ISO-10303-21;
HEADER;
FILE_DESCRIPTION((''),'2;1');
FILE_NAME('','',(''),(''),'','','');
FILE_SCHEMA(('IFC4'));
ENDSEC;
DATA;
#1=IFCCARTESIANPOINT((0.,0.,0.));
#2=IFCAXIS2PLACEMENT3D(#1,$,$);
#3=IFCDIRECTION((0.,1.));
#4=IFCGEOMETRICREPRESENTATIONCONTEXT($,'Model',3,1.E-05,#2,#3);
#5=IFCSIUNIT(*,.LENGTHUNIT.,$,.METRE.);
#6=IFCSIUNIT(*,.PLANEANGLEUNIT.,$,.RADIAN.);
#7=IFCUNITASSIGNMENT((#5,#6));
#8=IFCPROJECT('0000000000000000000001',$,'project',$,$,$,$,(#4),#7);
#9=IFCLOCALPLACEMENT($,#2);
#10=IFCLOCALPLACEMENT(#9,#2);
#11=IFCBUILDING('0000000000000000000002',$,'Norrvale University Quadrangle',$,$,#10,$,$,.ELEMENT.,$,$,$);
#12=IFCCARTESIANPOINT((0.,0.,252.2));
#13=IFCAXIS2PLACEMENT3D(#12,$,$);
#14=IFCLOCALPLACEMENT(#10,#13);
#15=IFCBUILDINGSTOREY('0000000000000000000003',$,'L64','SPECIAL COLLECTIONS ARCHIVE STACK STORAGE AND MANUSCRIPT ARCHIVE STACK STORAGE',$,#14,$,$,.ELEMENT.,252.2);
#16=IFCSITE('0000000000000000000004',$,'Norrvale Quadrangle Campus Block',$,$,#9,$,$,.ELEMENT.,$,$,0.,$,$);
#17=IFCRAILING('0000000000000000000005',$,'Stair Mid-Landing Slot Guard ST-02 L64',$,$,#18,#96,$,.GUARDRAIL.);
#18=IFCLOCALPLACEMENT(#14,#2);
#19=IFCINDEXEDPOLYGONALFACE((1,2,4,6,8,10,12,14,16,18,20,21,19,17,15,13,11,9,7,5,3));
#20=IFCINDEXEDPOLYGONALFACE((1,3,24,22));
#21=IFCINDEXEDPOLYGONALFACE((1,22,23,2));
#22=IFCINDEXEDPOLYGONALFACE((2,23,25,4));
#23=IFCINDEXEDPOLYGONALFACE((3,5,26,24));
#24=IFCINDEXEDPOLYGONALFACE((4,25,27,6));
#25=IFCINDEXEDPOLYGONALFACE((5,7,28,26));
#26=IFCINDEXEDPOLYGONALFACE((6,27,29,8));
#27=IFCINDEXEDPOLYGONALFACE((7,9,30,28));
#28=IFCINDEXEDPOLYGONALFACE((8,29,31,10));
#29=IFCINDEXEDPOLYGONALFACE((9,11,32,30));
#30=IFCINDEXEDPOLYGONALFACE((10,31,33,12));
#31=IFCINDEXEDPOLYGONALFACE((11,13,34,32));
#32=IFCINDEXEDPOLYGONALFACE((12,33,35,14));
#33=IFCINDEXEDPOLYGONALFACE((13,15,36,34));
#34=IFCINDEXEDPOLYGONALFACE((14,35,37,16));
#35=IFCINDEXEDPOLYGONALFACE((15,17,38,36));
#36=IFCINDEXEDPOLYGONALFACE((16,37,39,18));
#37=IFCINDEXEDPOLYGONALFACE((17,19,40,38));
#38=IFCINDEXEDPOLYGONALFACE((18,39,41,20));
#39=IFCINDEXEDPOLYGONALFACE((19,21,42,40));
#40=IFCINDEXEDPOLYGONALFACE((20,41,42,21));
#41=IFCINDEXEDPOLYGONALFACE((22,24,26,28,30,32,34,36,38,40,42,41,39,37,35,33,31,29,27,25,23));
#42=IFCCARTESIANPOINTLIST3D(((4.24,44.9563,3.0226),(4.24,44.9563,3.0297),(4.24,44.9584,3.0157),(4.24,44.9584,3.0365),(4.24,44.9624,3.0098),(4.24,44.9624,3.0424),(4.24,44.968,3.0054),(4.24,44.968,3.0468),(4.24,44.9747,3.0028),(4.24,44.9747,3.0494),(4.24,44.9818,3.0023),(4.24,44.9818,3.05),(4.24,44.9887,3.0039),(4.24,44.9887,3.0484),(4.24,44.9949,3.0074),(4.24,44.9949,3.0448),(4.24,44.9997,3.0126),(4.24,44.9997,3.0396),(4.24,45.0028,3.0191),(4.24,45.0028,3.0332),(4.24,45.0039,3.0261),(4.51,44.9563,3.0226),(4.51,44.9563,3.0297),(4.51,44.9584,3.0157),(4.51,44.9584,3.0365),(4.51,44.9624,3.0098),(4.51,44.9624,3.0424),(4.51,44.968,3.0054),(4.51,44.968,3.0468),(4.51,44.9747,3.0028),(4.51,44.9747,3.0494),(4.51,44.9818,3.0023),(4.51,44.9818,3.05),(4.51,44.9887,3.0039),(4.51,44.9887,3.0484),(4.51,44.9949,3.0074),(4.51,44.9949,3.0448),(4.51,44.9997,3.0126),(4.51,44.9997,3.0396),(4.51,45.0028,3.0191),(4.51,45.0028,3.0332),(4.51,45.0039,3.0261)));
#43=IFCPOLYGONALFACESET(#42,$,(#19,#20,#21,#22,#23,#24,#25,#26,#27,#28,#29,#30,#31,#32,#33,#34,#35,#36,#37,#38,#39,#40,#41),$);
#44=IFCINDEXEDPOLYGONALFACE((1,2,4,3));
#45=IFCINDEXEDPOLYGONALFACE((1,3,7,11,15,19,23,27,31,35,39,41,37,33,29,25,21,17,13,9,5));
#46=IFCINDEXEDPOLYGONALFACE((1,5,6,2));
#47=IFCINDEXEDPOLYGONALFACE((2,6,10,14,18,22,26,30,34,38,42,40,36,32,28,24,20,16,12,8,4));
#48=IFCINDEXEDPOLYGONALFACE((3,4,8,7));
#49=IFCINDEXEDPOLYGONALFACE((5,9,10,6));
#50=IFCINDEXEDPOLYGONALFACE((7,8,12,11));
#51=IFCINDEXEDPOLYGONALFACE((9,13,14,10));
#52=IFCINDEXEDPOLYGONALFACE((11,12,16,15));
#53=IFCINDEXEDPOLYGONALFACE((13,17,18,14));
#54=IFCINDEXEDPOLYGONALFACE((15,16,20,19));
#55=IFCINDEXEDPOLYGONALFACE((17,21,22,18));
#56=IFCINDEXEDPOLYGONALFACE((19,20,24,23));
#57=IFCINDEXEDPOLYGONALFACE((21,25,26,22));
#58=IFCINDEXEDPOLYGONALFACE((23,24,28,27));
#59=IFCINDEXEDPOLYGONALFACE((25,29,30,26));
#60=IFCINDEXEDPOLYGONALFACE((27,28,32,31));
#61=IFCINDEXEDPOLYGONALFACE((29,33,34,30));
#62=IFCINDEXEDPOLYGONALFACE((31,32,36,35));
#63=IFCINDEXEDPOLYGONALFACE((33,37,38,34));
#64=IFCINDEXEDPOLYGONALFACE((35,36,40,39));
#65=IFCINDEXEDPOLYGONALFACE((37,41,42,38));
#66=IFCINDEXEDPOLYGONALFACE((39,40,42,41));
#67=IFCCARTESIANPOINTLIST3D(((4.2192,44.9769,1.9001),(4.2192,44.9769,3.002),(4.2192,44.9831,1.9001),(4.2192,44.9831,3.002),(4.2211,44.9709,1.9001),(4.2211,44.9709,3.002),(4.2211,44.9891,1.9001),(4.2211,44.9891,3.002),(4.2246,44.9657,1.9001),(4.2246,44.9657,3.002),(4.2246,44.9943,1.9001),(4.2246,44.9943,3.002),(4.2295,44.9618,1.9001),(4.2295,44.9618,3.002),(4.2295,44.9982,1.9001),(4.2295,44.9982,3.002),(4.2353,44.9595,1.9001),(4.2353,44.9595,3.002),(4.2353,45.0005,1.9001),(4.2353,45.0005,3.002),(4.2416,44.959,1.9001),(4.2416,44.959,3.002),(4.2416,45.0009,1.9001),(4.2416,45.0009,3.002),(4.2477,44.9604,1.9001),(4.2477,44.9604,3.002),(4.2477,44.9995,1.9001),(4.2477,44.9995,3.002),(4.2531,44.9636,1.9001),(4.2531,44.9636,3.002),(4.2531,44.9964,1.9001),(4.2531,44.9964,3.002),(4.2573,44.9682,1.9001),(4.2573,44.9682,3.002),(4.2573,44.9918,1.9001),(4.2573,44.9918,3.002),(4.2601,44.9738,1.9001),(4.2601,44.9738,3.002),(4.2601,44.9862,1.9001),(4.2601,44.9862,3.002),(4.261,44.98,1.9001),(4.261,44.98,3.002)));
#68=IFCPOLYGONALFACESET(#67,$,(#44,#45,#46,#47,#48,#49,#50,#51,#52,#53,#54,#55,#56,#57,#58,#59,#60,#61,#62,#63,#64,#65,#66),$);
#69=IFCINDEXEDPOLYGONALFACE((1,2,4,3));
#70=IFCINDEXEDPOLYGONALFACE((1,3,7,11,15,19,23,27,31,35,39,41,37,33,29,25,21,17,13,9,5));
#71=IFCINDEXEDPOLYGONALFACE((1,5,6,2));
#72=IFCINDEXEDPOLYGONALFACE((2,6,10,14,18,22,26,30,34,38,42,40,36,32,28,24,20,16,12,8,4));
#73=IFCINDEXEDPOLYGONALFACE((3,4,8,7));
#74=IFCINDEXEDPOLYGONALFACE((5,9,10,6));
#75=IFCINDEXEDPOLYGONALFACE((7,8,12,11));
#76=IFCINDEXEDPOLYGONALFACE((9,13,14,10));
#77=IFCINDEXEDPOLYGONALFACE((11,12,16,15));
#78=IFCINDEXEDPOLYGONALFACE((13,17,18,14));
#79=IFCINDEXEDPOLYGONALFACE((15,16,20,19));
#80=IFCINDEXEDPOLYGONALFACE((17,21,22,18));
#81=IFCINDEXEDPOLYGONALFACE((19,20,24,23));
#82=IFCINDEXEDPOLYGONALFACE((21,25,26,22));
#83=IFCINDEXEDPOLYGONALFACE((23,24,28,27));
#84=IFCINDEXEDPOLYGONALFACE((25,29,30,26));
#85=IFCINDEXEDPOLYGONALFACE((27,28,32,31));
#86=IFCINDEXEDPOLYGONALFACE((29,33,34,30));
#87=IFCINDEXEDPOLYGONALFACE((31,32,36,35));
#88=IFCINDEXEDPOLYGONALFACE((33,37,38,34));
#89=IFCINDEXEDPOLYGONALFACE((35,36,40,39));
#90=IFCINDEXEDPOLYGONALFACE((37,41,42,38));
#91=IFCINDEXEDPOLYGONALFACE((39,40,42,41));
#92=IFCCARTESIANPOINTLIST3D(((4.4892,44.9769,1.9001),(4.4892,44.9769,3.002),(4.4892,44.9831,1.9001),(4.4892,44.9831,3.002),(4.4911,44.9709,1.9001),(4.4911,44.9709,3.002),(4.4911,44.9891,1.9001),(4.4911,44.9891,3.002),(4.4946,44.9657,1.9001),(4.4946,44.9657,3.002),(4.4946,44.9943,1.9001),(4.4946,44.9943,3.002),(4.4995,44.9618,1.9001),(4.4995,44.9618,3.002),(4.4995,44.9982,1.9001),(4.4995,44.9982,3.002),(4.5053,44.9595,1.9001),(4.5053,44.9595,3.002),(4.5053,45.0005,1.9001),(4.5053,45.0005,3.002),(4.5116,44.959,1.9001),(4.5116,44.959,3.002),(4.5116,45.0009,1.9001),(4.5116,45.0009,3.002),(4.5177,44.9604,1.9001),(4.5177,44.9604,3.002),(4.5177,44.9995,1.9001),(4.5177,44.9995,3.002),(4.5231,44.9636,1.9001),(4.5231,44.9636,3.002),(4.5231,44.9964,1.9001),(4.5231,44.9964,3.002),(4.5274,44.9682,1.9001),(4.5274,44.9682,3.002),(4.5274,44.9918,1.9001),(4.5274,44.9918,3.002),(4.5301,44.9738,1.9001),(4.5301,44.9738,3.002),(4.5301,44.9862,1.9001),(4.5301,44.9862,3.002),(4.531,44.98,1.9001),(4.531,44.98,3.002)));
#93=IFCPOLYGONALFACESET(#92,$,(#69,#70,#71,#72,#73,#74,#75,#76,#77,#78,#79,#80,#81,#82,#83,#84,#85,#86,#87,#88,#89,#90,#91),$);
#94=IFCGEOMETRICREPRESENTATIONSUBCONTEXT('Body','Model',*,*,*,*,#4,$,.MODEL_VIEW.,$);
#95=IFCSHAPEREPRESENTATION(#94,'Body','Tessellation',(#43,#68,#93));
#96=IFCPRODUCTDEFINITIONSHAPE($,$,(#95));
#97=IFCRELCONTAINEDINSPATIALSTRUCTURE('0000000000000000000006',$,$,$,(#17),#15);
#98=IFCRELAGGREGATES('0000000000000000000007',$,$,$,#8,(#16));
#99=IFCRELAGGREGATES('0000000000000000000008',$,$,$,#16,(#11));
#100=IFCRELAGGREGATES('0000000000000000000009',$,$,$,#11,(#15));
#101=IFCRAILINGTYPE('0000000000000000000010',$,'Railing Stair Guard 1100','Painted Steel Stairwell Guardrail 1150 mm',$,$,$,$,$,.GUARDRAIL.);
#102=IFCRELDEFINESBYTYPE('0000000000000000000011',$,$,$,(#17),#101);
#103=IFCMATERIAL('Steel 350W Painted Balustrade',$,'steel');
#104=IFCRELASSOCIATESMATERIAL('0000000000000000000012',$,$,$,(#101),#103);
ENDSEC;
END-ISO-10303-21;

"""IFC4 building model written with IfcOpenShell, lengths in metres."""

from ifc_helpers import new_model, si_unit, direction, frame, origin, origin_2d, place, context, subcontext, project, spatial, circle, extrude, material, type_object, element, save


model = new_model("IFC4")

# Units and contexts
model_context = context("Model", 3, precision=1e-05, world=origin(), true_north=direction((0.0, 1.0)))
body_context = subcontext(model_context, "Body", "Model", "MODEL_VIEW")
ifc_project = project(units=[si_unit("LENGTHUNIT", "METRE"), si_unit("PLANEANGLEUNIT", "RADIAN")], contexts=[model_context])

# Site, building, storey
site_placement = place(None, origin())
site = spatial("IfcSite", under=ifc_project, at=site_placement, Name="Norrvale Quadrangle Campus Block", CompositionType="ELEMENT", RefElevation=0.0)
building_placement = place(site_placement, origin())
building = spatial("IfcBuilding", under=site, at=building_placement, Name="Norrvale University Quadrangle", CompositionType="ELEMENT")
storey_placement = place(building_placement, frame((0.0, 0.0, 252.2)))
storey = spatial("IfcBuildingStorey", under=building, at=storey_placement, Name="L64", Description="SPECIAL COLLECTIONS ARCHIVE STACK STORAGE AND MANUSCRIPT ARCHIVE STACK STORAGE", CompositionType="ELEMENT", Elevation=252.2)

# Railing
ifc_material_1 = material(Name="Steel 350W Painted Balustrade", Category="steel")
railing_type_1 = type_object("IfcRailingType", Name="Railing Stair Guard 1100", Description="Painted Steel Stairwell Guardrail 1150 mm", PredefinedType="GUARDRAIL", material=ifc_material_1)
railing_1_placement = place(storey_placement, frame((4.24, 44.98, 1.9001)))
element("IfcRailing", 1, at=railing_1_placement, inside=storey, type_object=railing_type_1, Name="Stair Mid-Landing Slot Guard ST-02 L64", PredefinedType="GUARDRAIL", context=body_context, shape_type="SweptSolid", body=[
    extrude(circle(Radius=0.0239, at=origin_2d()), frame((0.0, 0.0, 1.126), z_axis=(1.0, 0.0, 0.0), x_axis=(0.0, 1.0, 0.0)), (0.0, 0.0, 1.0), 0.27),
    extrude(circle(Radius=0.021, at=origin_2d()), origin(), (0.0, 0.0, 1.0), 1.1018),
    extrude(circle(Radius=0.021, at=origin_2d()), frame((0.27, 0.0, 0.0)), (0.0, 0.0, 1.0), 1.1018),
])

save(model, "model.ifc")
